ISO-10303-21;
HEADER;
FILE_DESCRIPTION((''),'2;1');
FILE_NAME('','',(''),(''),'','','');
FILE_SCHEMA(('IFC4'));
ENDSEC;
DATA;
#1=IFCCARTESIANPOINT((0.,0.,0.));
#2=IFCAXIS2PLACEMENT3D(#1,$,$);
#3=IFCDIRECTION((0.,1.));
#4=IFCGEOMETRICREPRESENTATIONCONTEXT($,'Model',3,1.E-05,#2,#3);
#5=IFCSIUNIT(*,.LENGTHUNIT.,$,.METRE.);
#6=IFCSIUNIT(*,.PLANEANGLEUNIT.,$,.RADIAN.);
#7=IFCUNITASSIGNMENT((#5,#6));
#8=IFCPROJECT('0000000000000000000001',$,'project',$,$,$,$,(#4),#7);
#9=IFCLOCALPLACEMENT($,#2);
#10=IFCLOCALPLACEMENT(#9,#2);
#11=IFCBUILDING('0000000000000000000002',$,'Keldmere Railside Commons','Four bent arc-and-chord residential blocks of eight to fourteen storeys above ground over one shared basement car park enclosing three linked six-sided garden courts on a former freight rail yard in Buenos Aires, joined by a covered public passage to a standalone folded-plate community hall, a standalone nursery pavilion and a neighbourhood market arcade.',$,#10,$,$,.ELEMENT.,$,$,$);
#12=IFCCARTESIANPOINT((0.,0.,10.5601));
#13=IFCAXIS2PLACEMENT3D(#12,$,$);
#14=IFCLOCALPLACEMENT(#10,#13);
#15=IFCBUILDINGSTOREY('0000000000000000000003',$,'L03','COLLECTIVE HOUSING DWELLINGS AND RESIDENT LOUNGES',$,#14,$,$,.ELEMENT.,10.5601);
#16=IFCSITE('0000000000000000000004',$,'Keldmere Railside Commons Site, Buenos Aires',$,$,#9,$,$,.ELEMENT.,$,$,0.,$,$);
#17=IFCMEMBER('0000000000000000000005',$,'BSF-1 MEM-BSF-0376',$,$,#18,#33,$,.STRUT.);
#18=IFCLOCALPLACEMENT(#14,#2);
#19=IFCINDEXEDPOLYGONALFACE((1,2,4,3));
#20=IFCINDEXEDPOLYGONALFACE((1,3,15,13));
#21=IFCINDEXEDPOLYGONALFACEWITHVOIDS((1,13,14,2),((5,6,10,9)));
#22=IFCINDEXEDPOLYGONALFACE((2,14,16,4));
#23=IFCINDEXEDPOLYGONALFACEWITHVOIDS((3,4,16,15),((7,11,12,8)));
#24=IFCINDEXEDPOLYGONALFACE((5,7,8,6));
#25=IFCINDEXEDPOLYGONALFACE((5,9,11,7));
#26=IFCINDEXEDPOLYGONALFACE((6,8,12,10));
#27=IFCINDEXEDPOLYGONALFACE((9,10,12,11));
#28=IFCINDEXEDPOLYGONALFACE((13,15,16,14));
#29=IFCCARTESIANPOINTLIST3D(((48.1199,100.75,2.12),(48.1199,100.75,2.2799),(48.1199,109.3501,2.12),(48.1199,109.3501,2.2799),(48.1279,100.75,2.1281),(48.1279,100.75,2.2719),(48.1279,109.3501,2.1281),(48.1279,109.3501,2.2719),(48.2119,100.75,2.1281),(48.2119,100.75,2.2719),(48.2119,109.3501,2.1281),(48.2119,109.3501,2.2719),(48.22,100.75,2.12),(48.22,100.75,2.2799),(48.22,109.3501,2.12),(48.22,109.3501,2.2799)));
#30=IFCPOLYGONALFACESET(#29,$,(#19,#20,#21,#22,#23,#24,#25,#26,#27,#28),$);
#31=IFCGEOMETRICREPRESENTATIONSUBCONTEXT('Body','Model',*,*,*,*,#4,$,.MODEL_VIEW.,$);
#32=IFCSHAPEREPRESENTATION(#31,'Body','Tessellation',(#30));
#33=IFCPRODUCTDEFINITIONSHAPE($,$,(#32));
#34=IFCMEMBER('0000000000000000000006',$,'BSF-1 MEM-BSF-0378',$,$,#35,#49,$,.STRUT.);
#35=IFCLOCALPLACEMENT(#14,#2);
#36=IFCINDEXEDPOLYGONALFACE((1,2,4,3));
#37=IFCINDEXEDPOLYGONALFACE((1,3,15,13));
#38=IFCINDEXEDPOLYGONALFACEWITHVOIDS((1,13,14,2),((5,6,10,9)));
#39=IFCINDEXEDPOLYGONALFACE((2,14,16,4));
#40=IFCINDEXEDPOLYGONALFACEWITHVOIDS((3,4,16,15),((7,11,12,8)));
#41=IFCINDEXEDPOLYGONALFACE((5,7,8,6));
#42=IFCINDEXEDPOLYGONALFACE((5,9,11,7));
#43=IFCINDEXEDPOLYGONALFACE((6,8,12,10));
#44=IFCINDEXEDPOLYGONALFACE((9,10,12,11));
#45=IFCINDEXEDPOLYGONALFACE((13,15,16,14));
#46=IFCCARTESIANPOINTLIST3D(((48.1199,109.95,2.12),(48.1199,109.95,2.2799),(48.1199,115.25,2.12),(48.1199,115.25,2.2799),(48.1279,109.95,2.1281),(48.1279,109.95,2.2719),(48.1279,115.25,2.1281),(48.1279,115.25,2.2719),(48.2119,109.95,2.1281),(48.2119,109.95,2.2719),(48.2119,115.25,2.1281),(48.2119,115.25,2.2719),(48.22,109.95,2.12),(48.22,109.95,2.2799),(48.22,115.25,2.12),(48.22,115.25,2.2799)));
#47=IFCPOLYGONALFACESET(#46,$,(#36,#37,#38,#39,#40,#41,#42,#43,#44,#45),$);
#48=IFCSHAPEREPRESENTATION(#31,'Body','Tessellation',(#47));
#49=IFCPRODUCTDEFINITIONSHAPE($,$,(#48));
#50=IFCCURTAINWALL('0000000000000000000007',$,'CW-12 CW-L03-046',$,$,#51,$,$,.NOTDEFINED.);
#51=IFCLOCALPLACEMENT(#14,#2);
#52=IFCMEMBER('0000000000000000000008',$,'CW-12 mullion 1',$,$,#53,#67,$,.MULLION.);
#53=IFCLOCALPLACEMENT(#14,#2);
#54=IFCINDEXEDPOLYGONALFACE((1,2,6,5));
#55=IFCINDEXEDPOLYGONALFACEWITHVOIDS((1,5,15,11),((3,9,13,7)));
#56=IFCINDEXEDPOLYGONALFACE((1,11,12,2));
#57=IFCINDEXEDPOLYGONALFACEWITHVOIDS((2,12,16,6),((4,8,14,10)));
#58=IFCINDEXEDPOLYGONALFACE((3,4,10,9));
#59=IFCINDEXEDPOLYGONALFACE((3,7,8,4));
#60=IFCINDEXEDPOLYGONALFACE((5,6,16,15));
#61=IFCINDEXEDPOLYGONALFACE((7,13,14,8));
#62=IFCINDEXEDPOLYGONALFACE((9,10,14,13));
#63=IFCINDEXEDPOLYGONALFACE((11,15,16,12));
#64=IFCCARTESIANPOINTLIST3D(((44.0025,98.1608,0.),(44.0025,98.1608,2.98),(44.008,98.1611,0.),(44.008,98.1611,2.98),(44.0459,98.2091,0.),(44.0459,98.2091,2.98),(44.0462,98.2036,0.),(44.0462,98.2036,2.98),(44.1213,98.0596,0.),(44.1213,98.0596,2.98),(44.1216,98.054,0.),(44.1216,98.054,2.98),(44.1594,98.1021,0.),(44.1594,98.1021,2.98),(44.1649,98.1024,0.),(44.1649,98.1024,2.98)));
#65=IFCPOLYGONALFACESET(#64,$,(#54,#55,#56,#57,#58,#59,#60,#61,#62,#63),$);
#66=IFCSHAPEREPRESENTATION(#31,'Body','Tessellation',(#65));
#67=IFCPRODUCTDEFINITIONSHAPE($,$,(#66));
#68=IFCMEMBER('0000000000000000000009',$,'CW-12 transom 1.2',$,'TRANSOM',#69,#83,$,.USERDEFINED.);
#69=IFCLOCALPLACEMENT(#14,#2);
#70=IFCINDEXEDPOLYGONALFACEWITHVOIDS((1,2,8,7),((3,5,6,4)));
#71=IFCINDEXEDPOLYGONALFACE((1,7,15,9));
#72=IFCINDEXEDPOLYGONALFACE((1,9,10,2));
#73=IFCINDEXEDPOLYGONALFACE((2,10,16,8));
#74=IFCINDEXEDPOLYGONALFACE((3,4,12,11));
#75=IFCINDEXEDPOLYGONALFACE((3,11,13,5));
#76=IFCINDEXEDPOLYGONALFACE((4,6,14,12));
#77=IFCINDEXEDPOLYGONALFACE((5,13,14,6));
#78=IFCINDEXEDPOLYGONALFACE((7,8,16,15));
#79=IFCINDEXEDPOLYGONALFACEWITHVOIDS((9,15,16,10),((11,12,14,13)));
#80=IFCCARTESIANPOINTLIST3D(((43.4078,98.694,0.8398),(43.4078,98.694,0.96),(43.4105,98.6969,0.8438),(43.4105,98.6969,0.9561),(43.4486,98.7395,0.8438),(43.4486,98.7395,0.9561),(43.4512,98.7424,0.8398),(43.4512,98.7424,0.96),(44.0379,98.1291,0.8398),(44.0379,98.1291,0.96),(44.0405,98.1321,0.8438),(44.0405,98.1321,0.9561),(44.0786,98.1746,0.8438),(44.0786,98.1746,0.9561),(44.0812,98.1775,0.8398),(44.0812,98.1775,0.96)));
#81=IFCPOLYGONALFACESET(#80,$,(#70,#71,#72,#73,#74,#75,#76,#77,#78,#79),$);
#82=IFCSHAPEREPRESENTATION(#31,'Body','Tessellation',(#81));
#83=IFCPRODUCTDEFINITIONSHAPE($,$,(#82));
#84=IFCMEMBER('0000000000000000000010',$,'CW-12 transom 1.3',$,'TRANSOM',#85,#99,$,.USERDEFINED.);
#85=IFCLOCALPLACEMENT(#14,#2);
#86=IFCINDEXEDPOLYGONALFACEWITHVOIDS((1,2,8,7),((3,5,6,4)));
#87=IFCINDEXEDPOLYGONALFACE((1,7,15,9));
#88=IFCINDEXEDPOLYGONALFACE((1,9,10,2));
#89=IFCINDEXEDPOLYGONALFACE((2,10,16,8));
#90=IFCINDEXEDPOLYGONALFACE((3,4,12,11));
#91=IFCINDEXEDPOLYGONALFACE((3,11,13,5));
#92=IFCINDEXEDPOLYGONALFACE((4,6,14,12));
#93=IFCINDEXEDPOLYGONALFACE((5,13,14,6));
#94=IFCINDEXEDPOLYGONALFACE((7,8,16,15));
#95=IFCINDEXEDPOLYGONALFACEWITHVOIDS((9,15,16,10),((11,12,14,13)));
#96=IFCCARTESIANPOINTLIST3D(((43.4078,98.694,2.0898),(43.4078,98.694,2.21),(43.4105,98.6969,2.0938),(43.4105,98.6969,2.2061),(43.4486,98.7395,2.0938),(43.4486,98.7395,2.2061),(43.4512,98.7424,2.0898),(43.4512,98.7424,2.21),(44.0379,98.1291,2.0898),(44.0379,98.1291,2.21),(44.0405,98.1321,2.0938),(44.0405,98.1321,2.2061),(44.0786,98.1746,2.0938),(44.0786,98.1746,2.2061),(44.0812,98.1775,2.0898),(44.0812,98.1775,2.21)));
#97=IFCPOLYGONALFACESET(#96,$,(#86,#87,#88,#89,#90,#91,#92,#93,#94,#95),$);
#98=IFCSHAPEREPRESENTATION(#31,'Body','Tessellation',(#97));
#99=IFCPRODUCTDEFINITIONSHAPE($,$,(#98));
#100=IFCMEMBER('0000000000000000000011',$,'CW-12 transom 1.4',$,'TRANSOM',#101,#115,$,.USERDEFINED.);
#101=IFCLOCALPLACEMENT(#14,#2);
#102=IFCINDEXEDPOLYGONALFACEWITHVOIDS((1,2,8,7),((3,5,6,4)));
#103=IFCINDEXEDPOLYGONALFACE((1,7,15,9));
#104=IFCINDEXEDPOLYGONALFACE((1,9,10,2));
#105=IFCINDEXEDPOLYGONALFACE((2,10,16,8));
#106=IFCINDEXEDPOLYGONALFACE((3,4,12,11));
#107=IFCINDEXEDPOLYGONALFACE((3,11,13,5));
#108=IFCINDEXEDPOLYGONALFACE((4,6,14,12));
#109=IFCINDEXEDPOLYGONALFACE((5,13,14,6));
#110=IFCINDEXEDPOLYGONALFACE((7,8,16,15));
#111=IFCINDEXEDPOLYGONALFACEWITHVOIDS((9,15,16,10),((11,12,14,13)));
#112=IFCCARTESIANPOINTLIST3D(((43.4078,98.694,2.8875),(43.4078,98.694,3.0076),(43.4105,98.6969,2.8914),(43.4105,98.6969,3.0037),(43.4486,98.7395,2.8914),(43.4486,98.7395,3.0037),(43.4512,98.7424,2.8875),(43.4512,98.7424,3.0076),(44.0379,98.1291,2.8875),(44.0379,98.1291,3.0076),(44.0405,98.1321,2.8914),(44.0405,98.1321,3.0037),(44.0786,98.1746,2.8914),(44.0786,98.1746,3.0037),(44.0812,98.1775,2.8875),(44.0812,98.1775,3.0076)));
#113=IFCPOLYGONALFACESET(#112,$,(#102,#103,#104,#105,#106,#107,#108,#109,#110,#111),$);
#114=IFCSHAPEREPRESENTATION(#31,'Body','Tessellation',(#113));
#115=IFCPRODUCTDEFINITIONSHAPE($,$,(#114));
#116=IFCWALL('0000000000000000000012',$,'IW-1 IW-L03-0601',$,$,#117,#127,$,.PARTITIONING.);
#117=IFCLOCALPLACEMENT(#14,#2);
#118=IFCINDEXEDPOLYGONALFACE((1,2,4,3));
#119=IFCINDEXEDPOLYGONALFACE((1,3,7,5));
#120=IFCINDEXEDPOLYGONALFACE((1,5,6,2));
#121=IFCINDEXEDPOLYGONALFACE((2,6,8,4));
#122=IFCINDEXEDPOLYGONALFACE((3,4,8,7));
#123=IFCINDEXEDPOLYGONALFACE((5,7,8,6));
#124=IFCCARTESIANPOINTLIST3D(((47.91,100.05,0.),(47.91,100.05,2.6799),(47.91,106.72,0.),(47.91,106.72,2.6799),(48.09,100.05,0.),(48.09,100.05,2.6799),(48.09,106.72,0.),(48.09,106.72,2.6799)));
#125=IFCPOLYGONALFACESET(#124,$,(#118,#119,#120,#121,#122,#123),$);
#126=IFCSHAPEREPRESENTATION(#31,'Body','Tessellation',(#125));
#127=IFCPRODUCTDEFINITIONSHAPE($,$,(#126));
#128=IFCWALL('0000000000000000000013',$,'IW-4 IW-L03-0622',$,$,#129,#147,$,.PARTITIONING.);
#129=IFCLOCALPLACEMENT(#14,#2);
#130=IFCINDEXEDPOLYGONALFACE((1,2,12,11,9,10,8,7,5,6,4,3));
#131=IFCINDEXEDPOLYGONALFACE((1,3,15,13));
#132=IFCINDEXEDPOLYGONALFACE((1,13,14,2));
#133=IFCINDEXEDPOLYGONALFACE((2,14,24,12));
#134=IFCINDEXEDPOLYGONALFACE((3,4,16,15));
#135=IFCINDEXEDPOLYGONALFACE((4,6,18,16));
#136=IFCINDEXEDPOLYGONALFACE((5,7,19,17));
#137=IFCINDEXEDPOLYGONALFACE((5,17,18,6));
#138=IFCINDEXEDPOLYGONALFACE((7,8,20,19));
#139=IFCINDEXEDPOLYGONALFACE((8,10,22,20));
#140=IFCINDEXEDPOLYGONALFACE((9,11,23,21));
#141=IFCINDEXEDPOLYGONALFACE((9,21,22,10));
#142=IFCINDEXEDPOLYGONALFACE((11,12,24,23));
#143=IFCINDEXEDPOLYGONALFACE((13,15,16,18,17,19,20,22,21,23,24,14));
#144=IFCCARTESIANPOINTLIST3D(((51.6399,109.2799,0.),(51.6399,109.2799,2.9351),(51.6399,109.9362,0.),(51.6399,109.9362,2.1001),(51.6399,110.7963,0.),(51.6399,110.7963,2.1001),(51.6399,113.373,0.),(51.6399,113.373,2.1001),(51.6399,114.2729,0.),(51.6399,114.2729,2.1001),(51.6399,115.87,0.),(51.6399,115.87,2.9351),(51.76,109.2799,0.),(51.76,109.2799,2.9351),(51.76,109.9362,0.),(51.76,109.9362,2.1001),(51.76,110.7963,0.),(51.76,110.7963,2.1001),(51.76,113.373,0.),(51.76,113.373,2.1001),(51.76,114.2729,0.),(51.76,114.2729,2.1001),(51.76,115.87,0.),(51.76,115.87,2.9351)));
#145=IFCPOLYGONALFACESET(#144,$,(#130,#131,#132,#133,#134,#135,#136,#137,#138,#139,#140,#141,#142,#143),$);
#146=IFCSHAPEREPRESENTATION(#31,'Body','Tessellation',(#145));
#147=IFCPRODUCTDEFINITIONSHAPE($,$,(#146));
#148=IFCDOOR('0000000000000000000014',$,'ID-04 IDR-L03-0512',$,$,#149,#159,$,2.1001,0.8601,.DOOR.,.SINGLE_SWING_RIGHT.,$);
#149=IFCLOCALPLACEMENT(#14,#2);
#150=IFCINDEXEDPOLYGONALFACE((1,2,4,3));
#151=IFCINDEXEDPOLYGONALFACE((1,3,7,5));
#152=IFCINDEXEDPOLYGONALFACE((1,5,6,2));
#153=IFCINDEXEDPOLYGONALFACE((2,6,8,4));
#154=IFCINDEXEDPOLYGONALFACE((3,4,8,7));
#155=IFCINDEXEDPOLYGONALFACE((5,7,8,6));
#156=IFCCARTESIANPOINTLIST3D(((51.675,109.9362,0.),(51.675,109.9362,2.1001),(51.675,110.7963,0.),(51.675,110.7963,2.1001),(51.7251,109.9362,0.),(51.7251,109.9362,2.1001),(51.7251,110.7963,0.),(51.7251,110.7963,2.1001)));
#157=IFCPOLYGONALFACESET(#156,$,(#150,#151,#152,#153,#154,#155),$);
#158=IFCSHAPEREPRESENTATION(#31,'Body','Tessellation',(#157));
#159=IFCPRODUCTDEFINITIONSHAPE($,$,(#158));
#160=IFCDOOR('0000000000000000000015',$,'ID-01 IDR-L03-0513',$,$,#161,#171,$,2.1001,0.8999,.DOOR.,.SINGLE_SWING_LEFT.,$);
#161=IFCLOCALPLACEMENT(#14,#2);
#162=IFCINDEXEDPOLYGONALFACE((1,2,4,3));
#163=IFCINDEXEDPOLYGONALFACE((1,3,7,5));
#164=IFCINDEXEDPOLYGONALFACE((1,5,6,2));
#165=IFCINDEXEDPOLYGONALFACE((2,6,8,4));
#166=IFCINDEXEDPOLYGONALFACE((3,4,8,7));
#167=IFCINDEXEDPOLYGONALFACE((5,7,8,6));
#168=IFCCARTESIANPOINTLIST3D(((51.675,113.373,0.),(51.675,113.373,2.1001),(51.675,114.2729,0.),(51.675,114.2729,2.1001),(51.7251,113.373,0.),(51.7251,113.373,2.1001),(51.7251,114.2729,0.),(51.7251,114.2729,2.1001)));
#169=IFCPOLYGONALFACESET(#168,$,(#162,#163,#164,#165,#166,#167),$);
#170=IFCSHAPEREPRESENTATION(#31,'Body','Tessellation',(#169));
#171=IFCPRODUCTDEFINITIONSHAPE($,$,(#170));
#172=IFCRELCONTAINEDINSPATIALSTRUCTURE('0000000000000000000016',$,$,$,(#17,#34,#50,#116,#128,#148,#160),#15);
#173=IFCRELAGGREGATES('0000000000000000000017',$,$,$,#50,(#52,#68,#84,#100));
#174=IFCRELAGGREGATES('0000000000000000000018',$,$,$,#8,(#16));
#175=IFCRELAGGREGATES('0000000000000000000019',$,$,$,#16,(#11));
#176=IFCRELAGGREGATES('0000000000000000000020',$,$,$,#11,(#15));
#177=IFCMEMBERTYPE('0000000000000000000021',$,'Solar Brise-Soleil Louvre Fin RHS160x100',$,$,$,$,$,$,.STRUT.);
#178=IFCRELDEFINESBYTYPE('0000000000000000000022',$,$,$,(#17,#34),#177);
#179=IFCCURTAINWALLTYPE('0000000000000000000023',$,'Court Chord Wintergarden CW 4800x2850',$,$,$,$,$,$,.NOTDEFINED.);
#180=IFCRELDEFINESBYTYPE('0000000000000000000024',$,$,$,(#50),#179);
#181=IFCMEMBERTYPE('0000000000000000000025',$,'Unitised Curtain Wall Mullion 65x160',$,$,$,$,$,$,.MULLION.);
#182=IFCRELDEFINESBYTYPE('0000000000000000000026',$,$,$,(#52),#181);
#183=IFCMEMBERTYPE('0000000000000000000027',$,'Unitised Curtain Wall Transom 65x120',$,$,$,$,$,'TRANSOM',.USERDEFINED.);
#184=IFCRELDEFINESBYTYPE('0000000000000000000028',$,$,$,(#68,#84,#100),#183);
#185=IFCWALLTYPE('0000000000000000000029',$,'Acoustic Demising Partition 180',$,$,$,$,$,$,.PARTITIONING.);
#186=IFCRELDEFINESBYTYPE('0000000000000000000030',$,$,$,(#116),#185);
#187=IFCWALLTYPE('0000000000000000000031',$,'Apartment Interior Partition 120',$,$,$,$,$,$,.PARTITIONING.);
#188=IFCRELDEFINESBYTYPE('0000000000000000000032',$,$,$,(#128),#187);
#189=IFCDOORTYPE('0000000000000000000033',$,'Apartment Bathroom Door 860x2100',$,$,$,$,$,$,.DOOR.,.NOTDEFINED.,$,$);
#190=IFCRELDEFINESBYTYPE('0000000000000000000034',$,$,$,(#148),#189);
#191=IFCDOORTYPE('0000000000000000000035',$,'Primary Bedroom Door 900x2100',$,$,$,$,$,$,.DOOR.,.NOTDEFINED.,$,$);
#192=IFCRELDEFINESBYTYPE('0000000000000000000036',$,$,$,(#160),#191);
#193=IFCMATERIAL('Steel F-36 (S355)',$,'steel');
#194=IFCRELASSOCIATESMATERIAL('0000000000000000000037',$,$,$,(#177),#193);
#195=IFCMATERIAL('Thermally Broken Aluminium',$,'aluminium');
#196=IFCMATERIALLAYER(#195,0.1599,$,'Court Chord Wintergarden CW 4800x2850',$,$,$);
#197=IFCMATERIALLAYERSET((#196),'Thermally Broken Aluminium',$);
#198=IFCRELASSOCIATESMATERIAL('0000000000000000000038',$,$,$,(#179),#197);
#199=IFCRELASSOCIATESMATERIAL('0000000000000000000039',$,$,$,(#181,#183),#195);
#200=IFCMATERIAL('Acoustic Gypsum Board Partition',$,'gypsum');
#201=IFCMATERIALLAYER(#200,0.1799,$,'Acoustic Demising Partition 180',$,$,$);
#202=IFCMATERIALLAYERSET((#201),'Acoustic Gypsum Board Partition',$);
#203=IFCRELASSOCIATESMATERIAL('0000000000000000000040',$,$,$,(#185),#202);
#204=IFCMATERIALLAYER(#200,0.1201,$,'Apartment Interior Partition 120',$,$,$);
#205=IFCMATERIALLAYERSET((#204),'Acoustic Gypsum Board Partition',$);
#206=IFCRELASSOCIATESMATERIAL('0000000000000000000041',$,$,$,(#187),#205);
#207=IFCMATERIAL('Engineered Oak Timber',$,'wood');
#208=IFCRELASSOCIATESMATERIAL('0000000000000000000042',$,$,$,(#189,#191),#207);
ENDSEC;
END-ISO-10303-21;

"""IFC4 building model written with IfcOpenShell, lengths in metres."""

from ifc_helpers import new_model, si_unit, direction, frame, frame_2d, origin, origin_2d, place, context, subcontext, project, spatial, rectangle, hollow_rectangle, extrude, material, layer, layer_set, material_profile, profile_set, type_object, element, fill, aggregate, save


model = new_model("IFC4")

# Units and contexts
model_context = context("Model", 3, precision=1e-05, world=origin(), true_north=direction((0.0, 1.0)))
body_context = subcontext(model_context, "Body", "Model", "MODEL_VIEW")
ifc_project = project(units=[si_unit("LENGTHUNIT", "METRE"), si_unit("PLANEANGLEUNIT", "RADIAN")], contexts=[model_context])

# Site, building, storey
site_placement = place(None, origin())
site = spatial("IfcSite", under=ifc_project, at=site_placement, Name="Keldmere Railside Commons Site, Buenos Aires", CompositionType="ELEMENT", RefElevation=0.0)
building_placement = place(site_placement, origin())
building = spatial("IfcBuilding", under=site, at=building_placement, Name="Keldmere Railside Commons", Description="Four bent arc-and-chord residential blocks of eight to fourteen storeys above ground over one shared basement car park enclosing three linked six-sided garden courts on a former freight rail yard in Buenos Aires, joined by a covered public passage to a standalone folded-plate community hall, a standalone nursery pavilion and a neighbourhood market arcade.", CompositionType="ELEMENT")
storey_placement = place(building_placement, frame((0.0, 0.0, 10.5601)))
storey = spatial("IfcBuildingStorey", under=building, at=storey_placement, Name="L03", Description="COLLECTIVE HOUSING DWELLINGS AND RESIDENT LOUNGES", CompositionType="ELEMENT", Elevation=10.5601)

# Shared definitions
ifc_material_1 = material(Name="Steel F-36 (S355)", Category="steel")

# Members
ifc_material_profile_1 = material_profile(ifc_material_1, hollow_rectangle(XDim=0.1001, YDim=0.1599, WallThickness=0.0081, at=origin_2d()), Name="RHS-160x100x8")
ifc_profile_set_1 = profile_set([ifc_material_profile_1], Name="Steel F-36 (S355)")
member_type_1 = type_object("IfcMemberType", Name="Solar Brise-Soleil Louvre Fin RHS160x100", PredefinedType="STRUT", material=ifc_profile_set_1)
member_1_placement = place(storey_placement, frame((48.1699, 100.75, 2.2), z_axis=(0.0, 1.0, 0.0), x_axis=(-1.0, 0.0, 0.0)))
element("IfcMember", 1, at=member_1_placement, inside=storey, type_object=member_type_1, Name="BSF-1 MEM-BSF-0376", PredefinedType="STRUT", context=body_context, shape_type="SweptSolid", body=[
    extrude(hollow_rectangle(XDim=0.1001, YDim=0.1599, WallThickness=0.0081, at=origin_2d()), origin(), (0.0, 0.0, 1.0), 8.6001),
])
member_2_placement = place(storey_placement, frame((48.1699, 109.95, 2.2), z_axis=(0.0, 1.0, 0.0), x_axis=(-1.0, 0.0, 0.0)))
element("IfcMember", 2, at=member_2_placement, inside=storey, type_object=member_type_1, Name="BSF-1 MEM-BSF-0378", PredefinedType="STRUT", context=body_context, shape_type="SweptSolid", body=[
    extrude(hollow_rectangle(XDim=0.1001, YDim=0.1599, WallThickness=0.0081, at=origin_2d()), origin(), (0.0, 0.0, 1.0), 5.3),
])

# Curtain wall, members
ifc_material_2 = material(Name="Thermally Broken Aluminium", Category="aluminium")
ifc_layer_1 = layer(ifc_material_2, 0.1599, Name="Court Chord Wintergarden CW 4800x2850")
ifc_layer_set_1 = layer_set([ifc_layer_1], Name="Thermally Broken Aluminium")
curtain_wall_type = type_object("IfcCurtainWallType", Name="Court Chord Wintergarden CW 4800x2850", PredefinedType="NOTDEFINED", material=ifc_layer_set_1)
curtain_wall_placement = place(storey_placement, origin())
curtain_wall = element("IfcCurtainWall", 3, at=curtain_wall_placement, inside=storey, type_object=curtain_wall_type, Name="CW-12 CW-L03-046", PredefinedType="NOTDEFINED")
ifc_material_profile_2 = material_profile(ifc_material_2, hollow_rectangle(XDim=0.0649, YDim=0.1599, WallThickness=0.0039, at=origin_2d()), Name="ALU-MULL-65x160")
ifc_profile_set_2 = profile_set([ifc_material_profile_2], Name="Thermally Broken Aluminium")
member_type_2 = type_object("IfcMemberType", Name="Unitised Curtain Wall Mullion 65x160", PredefinedType="MULLION", material=ifc_profile_set_2)
member_3_placement = place(storey_placement, frame((44.0837, 98.1316, 0.0), z_axis=(0.0, 0.0, 1.0), x_axis=(-0.667559, -0.744557, 0.0)))
member_3 = element("IfcMember", 4, at=member_3_placement, type_object=member_type_2, Name="CW-12 mullion 1", PredefinedType="MULLION", context=body_context, shape_type="SweptSolid", body=[
    extrude(hollow_rectangle(XDim=0.0649, YDim=0.1599, WallThickness=0.0039, at=origin_2d()), origin(), (0.0, 0.0, 1.0), 2.98),
])
ifc_material_profile_3 = material_profile(ifc_material_2, hollow_rectangle(XDim=0.0649, YDim=0.1201, WallThickness=0.0039, at=origin_2d()), Name="ALU-TRAN-65x120")
ifc_profile_set_3 = profile_set([ifc_material_profile_3], Name="Thermally Broken Aluminium")
member_type_3 = type_object("IfcMemberType", Name="Unitised Curtain Wall Transom 65x120", ElementType="TRANSOM", PredefinedType="USERDEFINED", material=ifc_profile_set_3)
member_4_placement = place(storey_placement, frame((44.0596, 98.1533, 0.8999), z_axis=(-0.744569, 0.667545, 0.0), x_axis=(-0.667545, -0.744569, 0.0)))
member_4 = element("IfcMember", 5, at=member_4_placement, type_object=member_type_3, Name="CW-12 transom 1.2", ObjectType="TRANSOM", PredefinedType="USERDEFINED", context=body_context, shape_type="SweptSolid", body=[
    extrude(hollow_rectangle(XDim=0.0649, YDim=0.1201, WallThickness=0.0039, at=origin_2d()), origin(), (0.0, 0.0, 1.0), 0.8462),
])
member_5_placement = place(storey_placement, frame((44.0596, 98.1533, 2.1499), z_axis=(-0.744569, 0.667545, 0.0), x_axis=(-0.667545, -0.744569, 0.0)))
member_5 = element("IfcMember", 6, at=member_5_placement, type_object=member_type_3, Name="CW-12 transom 1.3", ObjectType="TRANSOM", PredefinedType="USERDEFINED", context=body_context, shape_type="SweptSolid", body=[
    extrude(hollow_rectangle(XDim=0.0649, YDim=0.1201, WallThickness=0.0039, at=origin_2d()), origin(), (0.0, 0.0, 1.0), 0.8462),
])
member_6_placement = place(storey_placement, frame((44.0596, 98.1533, 2.9475), z_axis=(-0.744569, 0.667545, 0.0), x_axis=(-0.667545, -0.744569, 0.0)))
member_6 = element("IfcMember", 7, at=member_6_placement, type_object=member_type_3, Name="CW-12 transom 1.4", ObjectType="TRANSOM", PredefinedType="USERDEFINED", context=body_context, shape_type="SweptSolid", body=[
    extrude(hollow_rectangle(XDim=0.0649, YDim=0.1201, WallThickness=0.0039, at=origin_2d()), origin(), (0.0, 0.0, 1.0), 0.8462),
])
aggregate(curtain_wall, [member_3, member_4, member_5, member_6])

# Wall
ifc_material_3 = material(Name="Acoustic Gypsum Board Partition", Category="gypsum")
ifc_layer_2 = layer(ifc_material_3, 0.1799, Name="Acoustic Demising Partition 180")
ifc_layer_set_2 = layer_set([ifc_layer_2], Name="Acoustic Gypsum Board Partition")
wall_type_1 = type_object("IfcWallType", Name="Acoustic Demising Partition 180", PredefinedType="PARTITIONING", material=ifc_layer_set_2)
wall_1_placement = place(storey_placement, frame((48.0, 100.05, 0.0), z_axis=(0.0, 0.0, 1.0), x_axis=(0.0, 1.0, 0.0)))
element("IfcWall", 8, at=wall_1_placement, inside=storey, type_object=wall_type_1, Name="IW-1 IW-L03-0601", PredefinedType="PARTITIONING", context=body_context, shape_type="SweptSolid", body=[
    extrude(rectangle(XDim=6.6699, YDim=0.1799, at=frame_2d((3.335, 0.0))), origin(), (0.0, 0.0, 1.0), 2.6799),
])

# Wall, openings, doors
ifc_layer_3 = layer(ifc_material_3, 0.1201, Name="Apartment Interior Partition 120")
ifc_layer_set_3 = layer_set([ifc_layer_3], Name="Acoustic Gypsum Board Partition")
wall_type_2 = type_object("IfcWallType", Name="Apartment Interior Partition 120", PredefinedType="PARTITIONING", material=ifc_layer_set_3)
wall_2_placement = place(storey_placement, frame((51.7, 109.28, 0.0), z_axis=(0.0, 0.0, 1.0), x_axis=(0.0, 1.0, 0.0)))
wall_2 = element("IfcWall", 9, at=wall_2_placement, inside=storey, type_object=wall_type_2, Name="IW-4 IW-L03-0622", PredefinedType="PARTITIONING", context=body_context, shape_type="SweptSolid", body=[
    extrude(rectangle(XDim=6.5901, YDim=0.1201, at=frame_2d((3.2949, 0.0))), origin(), (0.0, 0.0, 1.0), 2.9351),
])
opening_1_placement = place(wall_2_placement, frame((0.656, 0.0, 0.0)))
opening_1 = element("IfcOpeningElement", 10, at=opening_1_placement, cuts=wall_2, PredefinedType="OPENING", context=body_context, shape_type="SweptSolid", body=[
    extrude(rectangle(XDim=0.8601, YDim=2.1001, at=frame_2d((0.4302, 1.05))), frame((0.0, 0.0701, 0.0), z_axis=(0.0, -1.0, 0.0), x_axis=(1.0, 0.0, 0.0)), (0.0, 0.0, 1.0), 0.1401),
])
opening_2_placement = place(wall_2_placement, frame((4.093, 0.0, 0.0)))
opening_2 = element("IfcOpeningElement", 11, at=opening_2_placement, cuts=wall_2, PredefinedType="OPENING", context=body_context, shape_type="SweptSolid", body=[
    extrude(rectangle(XDim=0.8999, YDim=2.1001, at=frame_2d((0.45, 1.05))), frame((0.0, 0.0701, 0.0), z_axis=(0.0, -1.0, 0.0), x_axis=(1.0, 0.0, 0.0)), (0.0, 0.0, 1.0), 0.1401),
])
ifc_material_4 = material(Name="Engineered Oak Timber", Category="wood")
door_type_1 = type_object("IfcDoorType", Name="Apartment Bathroom Door 860x2100", OperationType="NOTDEFINED", PredefinedType="DOOR", material=ifc_material_4)
door_1_placement = place(opening_1_placement, origin())
door_1 = element("IfcDoor", 12, at=door_1_placement, inside=storey, type_object=door_type_1, Name="ID-04 IDR-L03-0512", OperationType="SINGLE_SWING_RIGHT", OverallHeight=2.1001, OverallWidth=0.8601, PredefinedType="DOOR", context=body_context, shape_type="SweptSolid", body=[
    extrude(rectangle(XDim=0.8601, YDim=2.1001, at=frame_2d((0.4302, 1.05))), frame((0.0, 0.0249, 0.0), z_axis=(0.0, -1.0, 0.0), x_axis=(1.0, 0.0, 0.0)), (0.0, 0.0, 1.0), 0.05),
])
fill(opening_1, door_1)
door_type_2 = type_object("IfcDoorType", Name="Primary Bedroom Door 900x2100", OperationType="NOTDEFINED", PredefinedType="DOOR", material=ifc_material_4)
door_2_placement = place(opening_2_placement, origin())
door_2 = element("IfcDoor", 13, at=door_2_placement, inside=storey, type_object=door_type_2, Name="ID-01 IDR-L03-0513", OperationType="SINGLE_SWING_LEFT", OverallHeight=2.1001, OverallWidth=0.8999, PredefinedType="DOOR", context=body_context, shape_type="SweptSolid", body=[
    extrude(rectangle(XDim=0.8999, YDim=2.1001, at=frame_2d((0.45, 1.05))), frame((0.0, 0.0249, 0.0), z_axis=(0.0, -1.0, 0.0), x_axis=(1.0, 0.0, 0.0)), (0.0, 0.0, 1.0), 0.05),
])
fill(opening_2, door_2)

save(model, "model.ifc")
